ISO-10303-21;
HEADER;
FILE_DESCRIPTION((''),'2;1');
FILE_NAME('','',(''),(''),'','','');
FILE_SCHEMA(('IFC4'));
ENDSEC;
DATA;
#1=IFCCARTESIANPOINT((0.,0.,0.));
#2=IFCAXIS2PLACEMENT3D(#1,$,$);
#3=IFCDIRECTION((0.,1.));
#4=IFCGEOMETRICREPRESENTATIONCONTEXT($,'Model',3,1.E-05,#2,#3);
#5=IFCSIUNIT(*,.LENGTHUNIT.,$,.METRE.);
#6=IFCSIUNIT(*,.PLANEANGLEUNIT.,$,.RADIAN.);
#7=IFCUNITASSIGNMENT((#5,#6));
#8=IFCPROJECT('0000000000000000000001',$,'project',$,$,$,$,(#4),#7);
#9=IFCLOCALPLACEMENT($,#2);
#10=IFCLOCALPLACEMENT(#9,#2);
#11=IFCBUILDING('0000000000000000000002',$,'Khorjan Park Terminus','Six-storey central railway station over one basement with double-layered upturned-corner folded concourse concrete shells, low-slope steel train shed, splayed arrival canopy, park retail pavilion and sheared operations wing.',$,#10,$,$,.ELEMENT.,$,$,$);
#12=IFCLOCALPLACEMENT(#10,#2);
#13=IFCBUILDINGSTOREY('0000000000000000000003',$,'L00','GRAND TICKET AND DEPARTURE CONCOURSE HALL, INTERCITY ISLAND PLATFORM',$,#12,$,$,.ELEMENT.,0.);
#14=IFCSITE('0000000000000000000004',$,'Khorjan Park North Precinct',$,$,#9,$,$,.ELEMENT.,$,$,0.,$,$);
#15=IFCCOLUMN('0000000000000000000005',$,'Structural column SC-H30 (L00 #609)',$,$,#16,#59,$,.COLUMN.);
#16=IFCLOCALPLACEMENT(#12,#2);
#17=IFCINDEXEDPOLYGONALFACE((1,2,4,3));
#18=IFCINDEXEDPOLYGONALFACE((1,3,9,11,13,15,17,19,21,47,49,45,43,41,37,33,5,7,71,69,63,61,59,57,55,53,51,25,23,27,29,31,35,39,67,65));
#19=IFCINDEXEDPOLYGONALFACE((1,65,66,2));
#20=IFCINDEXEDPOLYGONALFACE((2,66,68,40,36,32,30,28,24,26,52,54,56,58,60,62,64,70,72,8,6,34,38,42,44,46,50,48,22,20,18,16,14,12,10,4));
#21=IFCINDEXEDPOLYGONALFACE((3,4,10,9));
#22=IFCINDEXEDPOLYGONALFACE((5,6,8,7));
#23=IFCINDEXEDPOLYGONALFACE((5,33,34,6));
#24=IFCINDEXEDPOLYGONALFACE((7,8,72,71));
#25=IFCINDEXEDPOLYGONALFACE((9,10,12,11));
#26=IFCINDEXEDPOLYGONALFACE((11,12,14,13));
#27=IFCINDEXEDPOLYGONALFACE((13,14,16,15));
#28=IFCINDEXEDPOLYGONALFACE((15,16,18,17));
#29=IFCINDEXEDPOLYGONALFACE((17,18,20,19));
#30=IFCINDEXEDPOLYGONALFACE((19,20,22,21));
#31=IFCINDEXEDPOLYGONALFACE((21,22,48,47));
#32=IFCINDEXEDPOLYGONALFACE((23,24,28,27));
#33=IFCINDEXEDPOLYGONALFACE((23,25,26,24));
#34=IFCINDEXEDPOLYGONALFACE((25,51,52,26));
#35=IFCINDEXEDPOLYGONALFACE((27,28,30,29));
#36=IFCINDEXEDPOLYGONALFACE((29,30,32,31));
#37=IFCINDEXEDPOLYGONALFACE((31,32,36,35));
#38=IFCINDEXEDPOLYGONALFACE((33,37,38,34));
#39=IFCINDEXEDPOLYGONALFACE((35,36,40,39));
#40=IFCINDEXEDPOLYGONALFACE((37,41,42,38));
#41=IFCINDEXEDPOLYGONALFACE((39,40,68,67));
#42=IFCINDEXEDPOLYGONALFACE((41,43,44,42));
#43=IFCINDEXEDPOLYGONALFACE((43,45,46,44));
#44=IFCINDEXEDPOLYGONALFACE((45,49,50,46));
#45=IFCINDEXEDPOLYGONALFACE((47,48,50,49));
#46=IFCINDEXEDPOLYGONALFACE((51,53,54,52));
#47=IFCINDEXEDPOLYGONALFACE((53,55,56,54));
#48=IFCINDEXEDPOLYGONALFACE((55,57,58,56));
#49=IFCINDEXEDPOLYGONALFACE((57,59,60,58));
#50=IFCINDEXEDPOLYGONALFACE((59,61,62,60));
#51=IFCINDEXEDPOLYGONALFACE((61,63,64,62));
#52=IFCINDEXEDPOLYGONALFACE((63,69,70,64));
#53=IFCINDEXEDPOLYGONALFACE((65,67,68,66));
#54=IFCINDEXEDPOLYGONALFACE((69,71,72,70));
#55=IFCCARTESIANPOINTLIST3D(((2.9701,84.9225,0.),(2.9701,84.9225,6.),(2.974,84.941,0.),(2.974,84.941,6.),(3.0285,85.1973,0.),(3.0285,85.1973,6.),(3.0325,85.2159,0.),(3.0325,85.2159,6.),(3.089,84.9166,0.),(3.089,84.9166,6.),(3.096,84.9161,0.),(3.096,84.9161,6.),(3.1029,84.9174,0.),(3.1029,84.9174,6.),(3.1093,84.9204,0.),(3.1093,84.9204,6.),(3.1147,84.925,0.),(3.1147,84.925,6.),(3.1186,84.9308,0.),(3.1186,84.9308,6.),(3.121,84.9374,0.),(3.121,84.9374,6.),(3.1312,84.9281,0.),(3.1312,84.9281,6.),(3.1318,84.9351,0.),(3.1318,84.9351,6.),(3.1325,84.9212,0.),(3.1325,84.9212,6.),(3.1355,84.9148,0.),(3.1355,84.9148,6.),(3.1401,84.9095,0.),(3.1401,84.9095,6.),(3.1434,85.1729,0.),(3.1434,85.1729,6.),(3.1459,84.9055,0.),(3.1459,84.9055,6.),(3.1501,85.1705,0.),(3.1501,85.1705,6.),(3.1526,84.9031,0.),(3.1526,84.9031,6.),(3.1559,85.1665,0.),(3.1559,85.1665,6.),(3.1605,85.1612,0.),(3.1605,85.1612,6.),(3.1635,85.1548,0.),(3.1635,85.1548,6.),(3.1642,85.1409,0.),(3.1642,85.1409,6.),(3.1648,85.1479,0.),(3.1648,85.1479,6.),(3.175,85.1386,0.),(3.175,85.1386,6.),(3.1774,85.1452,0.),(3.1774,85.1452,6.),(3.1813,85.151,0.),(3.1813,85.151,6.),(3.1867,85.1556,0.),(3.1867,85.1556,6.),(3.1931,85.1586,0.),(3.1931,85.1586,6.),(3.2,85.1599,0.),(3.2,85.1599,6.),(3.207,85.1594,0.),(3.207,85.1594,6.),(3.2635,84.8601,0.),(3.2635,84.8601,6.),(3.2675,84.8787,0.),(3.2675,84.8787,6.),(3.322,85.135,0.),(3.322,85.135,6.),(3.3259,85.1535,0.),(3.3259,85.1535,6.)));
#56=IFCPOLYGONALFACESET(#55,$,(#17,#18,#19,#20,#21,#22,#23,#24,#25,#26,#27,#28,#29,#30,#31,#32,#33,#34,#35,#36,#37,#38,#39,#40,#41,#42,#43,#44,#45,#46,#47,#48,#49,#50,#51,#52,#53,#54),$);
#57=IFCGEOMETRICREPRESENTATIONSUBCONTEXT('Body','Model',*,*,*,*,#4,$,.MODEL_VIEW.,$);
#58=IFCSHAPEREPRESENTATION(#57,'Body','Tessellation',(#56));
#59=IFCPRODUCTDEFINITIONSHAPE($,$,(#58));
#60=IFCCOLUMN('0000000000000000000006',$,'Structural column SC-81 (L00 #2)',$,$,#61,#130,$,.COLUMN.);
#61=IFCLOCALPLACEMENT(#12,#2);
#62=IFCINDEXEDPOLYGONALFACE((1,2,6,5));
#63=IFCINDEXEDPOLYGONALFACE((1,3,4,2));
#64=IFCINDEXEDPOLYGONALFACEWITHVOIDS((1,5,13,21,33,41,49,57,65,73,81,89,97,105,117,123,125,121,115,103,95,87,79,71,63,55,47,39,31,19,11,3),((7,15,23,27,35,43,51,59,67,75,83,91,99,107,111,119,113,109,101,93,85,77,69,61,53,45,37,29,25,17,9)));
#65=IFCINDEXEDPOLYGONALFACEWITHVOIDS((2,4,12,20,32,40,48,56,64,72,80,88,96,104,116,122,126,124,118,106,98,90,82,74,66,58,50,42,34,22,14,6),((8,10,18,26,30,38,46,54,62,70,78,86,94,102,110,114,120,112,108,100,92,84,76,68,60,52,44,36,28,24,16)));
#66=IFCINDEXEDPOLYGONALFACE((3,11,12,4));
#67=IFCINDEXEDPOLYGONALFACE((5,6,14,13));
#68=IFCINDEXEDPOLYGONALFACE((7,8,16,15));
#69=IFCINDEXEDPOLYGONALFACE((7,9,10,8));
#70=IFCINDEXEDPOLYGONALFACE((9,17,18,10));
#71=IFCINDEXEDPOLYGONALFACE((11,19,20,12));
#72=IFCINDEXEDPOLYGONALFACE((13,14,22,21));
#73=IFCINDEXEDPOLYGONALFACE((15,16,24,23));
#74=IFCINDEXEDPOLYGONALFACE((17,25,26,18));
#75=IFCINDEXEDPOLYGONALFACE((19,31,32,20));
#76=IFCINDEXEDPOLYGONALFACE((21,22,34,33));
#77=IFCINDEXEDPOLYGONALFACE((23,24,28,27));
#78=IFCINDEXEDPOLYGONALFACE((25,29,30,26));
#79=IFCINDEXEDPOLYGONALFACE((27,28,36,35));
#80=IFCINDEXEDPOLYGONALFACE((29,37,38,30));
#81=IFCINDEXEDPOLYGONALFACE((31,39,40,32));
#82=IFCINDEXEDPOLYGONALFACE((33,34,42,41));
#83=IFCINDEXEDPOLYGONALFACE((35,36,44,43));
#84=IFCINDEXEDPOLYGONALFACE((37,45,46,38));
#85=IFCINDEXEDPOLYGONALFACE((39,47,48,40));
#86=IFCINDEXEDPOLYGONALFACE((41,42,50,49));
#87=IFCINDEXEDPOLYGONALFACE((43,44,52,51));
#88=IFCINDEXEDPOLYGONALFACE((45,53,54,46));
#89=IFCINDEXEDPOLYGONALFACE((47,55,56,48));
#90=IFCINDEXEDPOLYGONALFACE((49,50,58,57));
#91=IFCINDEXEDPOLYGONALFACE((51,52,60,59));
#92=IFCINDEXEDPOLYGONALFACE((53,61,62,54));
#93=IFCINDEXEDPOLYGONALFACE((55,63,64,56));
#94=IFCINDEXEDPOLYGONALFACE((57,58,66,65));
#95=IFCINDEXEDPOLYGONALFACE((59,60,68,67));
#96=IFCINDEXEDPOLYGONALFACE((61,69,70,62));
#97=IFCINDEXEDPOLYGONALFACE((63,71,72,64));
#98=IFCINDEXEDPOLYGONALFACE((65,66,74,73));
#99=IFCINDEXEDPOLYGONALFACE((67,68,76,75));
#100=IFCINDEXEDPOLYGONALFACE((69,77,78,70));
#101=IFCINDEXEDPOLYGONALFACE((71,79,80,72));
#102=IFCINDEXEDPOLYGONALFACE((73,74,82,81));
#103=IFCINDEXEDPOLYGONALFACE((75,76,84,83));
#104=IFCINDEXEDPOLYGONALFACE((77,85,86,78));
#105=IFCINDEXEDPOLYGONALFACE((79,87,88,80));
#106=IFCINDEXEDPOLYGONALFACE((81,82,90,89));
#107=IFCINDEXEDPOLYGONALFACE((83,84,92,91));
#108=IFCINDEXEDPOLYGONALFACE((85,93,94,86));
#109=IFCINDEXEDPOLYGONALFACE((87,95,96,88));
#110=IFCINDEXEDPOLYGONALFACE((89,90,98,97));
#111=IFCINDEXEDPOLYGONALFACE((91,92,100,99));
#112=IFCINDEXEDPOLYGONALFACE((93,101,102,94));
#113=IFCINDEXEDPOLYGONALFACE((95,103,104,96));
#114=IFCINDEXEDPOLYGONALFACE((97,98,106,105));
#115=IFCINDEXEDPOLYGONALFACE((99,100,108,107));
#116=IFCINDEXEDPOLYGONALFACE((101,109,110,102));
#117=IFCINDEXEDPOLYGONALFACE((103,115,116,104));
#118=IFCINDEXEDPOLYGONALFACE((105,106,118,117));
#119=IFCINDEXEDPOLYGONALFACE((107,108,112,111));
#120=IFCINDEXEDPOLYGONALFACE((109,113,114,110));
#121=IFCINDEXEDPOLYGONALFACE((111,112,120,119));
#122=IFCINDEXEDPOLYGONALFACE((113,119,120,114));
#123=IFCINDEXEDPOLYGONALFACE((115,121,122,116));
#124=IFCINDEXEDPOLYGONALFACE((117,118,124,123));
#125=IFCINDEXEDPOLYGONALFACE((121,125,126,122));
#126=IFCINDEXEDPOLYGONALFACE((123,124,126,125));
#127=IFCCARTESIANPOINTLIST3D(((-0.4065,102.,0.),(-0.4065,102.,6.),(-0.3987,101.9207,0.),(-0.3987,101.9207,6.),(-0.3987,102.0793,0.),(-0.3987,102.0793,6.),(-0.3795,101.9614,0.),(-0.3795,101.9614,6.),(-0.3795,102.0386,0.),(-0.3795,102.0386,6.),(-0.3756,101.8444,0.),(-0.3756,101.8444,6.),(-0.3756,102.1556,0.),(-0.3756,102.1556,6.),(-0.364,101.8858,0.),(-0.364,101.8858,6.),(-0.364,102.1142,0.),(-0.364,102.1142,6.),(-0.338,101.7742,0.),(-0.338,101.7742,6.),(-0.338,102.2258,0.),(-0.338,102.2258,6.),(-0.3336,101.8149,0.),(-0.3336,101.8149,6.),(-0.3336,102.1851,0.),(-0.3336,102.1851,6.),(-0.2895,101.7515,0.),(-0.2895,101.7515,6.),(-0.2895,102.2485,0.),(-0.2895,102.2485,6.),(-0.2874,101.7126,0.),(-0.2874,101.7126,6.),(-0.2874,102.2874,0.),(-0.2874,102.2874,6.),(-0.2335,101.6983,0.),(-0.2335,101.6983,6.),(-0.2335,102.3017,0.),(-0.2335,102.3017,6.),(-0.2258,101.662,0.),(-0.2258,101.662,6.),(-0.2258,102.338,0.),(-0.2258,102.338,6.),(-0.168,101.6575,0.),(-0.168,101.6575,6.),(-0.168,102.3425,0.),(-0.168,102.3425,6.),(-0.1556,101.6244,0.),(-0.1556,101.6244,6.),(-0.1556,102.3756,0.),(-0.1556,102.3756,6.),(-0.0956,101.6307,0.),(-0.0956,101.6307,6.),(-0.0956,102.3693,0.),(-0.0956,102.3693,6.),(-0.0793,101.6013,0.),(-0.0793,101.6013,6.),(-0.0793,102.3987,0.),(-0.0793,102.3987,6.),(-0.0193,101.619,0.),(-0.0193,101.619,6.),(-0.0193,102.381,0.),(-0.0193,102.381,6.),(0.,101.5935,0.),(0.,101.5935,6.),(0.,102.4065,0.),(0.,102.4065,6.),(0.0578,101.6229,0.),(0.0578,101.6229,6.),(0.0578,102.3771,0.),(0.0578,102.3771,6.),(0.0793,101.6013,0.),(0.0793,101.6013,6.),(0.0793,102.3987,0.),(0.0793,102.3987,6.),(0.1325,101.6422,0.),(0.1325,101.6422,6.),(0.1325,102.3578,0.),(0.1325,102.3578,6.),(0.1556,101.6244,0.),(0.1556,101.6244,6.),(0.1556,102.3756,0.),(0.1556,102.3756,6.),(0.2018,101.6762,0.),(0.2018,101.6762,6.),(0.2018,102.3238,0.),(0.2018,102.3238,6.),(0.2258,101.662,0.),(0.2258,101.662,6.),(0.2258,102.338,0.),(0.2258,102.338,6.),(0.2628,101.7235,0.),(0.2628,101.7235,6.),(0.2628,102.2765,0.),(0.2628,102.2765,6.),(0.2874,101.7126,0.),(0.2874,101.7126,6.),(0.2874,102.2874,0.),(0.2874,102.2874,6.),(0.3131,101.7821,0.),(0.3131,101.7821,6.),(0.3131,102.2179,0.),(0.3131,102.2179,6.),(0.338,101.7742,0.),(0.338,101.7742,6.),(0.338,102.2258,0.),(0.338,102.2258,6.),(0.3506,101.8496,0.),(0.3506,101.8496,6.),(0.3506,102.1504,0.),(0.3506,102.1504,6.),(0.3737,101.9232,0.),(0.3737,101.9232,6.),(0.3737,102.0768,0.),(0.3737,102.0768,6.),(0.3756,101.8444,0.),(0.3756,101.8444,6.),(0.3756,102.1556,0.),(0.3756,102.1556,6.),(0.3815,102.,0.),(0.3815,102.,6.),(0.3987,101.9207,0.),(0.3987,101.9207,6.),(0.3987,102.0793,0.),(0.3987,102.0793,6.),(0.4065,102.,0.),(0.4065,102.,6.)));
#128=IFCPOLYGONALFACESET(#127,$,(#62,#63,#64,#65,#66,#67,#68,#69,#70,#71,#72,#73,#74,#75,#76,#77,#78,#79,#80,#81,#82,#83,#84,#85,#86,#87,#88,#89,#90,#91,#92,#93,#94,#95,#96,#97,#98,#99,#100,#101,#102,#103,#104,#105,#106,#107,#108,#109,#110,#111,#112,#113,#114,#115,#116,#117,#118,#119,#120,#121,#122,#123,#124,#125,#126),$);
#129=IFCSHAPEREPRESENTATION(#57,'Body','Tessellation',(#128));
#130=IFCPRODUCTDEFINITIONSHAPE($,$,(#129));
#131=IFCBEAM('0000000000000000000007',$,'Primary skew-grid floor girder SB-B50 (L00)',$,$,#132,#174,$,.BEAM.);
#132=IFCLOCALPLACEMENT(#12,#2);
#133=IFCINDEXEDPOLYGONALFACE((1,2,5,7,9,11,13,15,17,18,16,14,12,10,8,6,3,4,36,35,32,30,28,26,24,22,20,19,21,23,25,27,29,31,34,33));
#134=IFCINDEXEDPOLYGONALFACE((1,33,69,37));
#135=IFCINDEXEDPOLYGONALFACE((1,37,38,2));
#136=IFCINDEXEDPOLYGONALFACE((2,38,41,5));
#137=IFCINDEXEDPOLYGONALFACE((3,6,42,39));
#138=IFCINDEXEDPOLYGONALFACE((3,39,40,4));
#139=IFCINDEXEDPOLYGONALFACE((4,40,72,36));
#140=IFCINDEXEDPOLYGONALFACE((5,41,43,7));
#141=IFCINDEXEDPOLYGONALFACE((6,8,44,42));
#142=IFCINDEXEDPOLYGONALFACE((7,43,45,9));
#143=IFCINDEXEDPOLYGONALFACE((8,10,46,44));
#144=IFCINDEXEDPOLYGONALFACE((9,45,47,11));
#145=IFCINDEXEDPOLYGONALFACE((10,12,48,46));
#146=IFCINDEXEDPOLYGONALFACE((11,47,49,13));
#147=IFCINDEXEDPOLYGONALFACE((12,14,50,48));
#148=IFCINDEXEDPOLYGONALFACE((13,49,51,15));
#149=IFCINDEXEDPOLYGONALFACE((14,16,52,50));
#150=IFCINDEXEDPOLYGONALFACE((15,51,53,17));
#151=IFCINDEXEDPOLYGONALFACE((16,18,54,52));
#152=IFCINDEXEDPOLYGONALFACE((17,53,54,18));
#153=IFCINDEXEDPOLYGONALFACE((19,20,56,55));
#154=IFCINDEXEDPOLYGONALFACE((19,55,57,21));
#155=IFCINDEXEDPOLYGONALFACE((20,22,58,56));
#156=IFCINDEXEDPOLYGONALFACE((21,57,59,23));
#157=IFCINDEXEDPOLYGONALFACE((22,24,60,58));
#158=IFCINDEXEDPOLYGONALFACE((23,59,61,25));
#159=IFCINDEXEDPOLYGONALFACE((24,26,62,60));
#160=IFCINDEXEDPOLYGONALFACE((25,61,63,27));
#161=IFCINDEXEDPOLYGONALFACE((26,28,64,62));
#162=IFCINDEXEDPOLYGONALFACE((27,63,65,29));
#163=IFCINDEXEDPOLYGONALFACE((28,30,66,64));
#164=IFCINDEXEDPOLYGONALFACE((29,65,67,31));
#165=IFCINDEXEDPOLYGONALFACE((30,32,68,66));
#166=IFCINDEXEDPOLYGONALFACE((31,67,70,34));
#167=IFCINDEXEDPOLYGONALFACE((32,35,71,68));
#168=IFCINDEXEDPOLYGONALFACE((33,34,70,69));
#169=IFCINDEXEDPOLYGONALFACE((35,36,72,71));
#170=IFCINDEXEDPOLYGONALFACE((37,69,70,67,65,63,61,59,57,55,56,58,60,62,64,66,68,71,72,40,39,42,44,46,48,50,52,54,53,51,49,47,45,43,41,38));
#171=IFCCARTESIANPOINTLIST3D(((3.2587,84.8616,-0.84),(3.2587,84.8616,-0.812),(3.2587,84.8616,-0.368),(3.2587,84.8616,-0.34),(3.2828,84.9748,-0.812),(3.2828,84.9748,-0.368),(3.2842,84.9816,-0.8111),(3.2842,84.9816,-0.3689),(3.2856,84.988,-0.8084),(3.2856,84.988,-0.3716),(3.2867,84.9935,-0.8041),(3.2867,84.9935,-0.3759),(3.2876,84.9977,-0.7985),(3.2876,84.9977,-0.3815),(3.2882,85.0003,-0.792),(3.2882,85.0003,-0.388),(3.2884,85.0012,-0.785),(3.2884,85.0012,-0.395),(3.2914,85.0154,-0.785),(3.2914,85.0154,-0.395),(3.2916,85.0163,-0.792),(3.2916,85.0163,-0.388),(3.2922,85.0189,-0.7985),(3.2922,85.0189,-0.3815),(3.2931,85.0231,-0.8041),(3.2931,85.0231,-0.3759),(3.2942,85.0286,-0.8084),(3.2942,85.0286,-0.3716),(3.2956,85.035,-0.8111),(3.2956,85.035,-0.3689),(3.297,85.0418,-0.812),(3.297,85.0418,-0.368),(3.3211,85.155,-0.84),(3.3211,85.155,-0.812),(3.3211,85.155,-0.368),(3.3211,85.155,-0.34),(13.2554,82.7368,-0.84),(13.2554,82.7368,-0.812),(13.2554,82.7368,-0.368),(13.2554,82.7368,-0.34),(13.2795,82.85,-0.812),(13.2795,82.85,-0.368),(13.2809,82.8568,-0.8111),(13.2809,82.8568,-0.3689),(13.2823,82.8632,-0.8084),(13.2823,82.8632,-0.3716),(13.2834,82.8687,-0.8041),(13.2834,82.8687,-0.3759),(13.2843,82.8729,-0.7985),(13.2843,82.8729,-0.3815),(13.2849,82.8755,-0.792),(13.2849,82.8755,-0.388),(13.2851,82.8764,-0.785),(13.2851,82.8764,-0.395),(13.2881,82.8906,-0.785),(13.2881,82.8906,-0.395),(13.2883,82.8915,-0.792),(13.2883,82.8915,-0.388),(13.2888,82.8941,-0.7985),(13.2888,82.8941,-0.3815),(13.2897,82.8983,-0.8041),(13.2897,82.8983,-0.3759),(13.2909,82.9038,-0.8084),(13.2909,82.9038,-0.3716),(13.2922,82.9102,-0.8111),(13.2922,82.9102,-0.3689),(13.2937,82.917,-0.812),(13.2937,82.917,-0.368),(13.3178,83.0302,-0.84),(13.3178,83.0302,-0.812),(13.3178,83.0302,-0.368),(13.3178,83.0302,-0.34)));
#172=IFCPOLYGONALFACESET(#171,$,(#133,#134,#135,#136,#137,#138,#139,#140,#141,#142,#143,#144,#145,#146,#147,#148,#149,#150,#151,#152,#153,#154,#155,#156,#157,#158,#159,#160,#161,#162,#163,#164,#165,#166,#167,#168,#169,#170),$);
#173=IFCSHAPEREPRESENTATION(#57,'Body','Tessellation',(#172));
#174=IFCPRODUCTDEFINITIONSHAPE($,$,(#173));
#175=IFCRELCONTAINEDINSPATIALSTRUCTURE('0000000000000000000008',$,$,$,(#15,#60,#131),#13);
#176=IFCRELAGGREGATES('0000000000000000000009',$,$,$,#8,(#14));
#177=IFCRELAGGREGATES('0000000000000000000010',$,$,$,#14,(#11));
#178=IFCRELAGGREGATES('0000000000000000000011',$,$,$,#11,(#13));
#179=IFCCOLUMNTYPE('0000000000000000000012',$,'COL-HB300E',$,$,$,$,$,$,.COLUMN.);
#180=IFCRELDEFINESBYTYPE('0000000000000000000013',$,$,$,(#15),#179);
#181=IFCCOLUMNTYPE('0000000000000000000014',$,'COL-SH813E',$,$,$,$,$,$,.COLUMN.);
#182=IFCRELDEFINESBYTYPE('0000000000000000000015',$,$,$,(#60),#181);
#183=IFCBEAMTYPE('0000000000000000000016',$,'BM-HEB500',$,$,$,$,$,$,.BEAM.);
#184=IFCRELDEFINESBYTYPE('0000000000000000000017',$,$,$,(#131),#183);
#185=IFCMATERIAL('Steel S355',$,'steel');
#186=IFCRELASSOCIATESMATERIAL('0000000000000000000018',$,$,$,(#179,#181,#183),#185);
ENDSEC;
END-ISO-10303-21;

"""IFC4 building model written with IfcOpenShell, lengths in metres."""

from ifc_helpers import new_model, si_unit, direction, frame, origin, origin_2d, place, context, subcontext, project, spatial, hollow_circle, i_section, extrude, material, material_profile, profile_set, type_object, element, save


model = new_model("IFC4")

# Units and contexts
model_context = context("Model", 3, precision=1e-05, world=origin(), true_north=direction((0.0, 1.0)))
body_context = subcontext(model_context, "Body", "Model", "MODEL_VIEW")
ifc_project = project(units=[si_unit("LENGTHUNIT", "METRE"), si_unit("PLANEANGLEUNIT", "RADIAN")], contexts=[model_context])

# Site, building, storey
site_placement = place(None, origin())
site = spatial("IfcSite", under=ifc_project, at=site_placement, Name="Khorjan Park North Precinct", CompositionType="ELEMENT", RefElevation=0.0)
building_placement = place(site_placement, origin())
building = spatial("IfcBuilding", under=site, at=building_placement, Name="Khorjan Park Terminus", Description="Six-storey central railway station over one basement with double-layered upturned-corner folded concourse concrete shells, low-slope steel train shed, splayed arrival canopy, park retail pavilion and sheared operations wing.", CompositionType="ELEMENT")
storey_placement = place(building_placement, origin())
storey = spatial("IfcBuildingStorey", under=building, at=storey_placement, Name="L00", Description="GRAND TICKET AND DEPARTURE CONCOURSE HALL, INTERCITY ISLAND PLATFORM", CompositionType="ELEMENT", Elevation=0.0)

# Columns
ifc_material_1 = material(Name="Steel S355", Category="steel")
ifc_material_profile_1 = material_profile(ifc_material_1, i_section(OverallWidth=0.3, OverallDepth=0.3, WebThickness=0.011, FlangeThickness=0.019, FilletRadius=0.027, at=origin_2d()), Name="HEB 300")
ifc_profile_set_1 = profile_set([ifc_material_profile_1], Name="Steel S355")
column_type_1 = type_object("IfcColumnType", Name="COL-HB300E", PredefinedType="COLUMN", material=ifc_profile_set_1)
column_1_placement = place(storey_placement, frame((3.148, 85.038, 0.0), z_axis=(0.0, 0.0, 1.0), x_axis=(0.978148, -0.207912, 0.0)))
element("IfcColumn", 1, at=column_1_placement, inside=storey, type_object=column_type_1, Name="Structural column SC-H30 (L00 #609)", PredefinedType="COLUMN", context=body_context, shape_type="SweptSolid", body=[
    extrude(i_section(OverallWidth=0.3, OverallDepth=0.3, WebThickness=0.011, FlangeThickness=0.019, FilletRadius=0.027, at=origin_2d()), origin(), (0.0, 0.0, 1.0), 6.0),
])
ifc_material_profile_2 = material_profile(ifc_material_1, hollow_circle(Radius=0.4065, WallThickness=0.025, at=origin_2d()), Name="CHS 813x25")
ifc_profile_set_2 = profile_set([ifc_material_profile_2], Name="Steel S355")
column_type_2 = type_object("IfcColumnType", Name="COL-SH813E", PredefinedType="COLUMN", material=ifc_profile_set_2)
column_2_placement = place(storey_placement, frame((0.0, 102.0, 0.0), z_axis=(0.0, 0.0, 1.0), x_axis=(1.0, 0.0, 0.0)))
element("IfcColumn", 2, at=column_2_placement, inside=storey, type_object=column_type_2, Name="Structural column SC-81 (L00 #2)", PredefinedType="COLUMN", context=body_context, shape_type="SweptSolid", body=[
    extrude(hollow_circle(Radius=0.4065, WallThickness=0.025, at=origin_2d()), origin(), (0.0, 0.0, 1.0), 6.0),
])

# Beam
ifc_material_profile_3 = material_profile(ifc_material_1, i_section(OverallWidth=0.3, OverallDepth=0.5, WebThickness=0.0145, FlangeThickness=0.028, FilletRadius=0.027, at=origin_2d()), Name="HEB 500")
ifc_profile_set_3 = profile_set([ifc_material_profile_3], Name="Steel S355")
beam_type_1 = type_object("IfcBeamType", Name="BM-HEB500", PredefinedType="BEAM", material=ifc_profile_set_3)
beam_1_placement = place(storey_placement, frame((3.2899, 85.0083, -0.59), z_axis=(0.978149, -0.207906, 0.0), x_axis=(0.207906, 0.978149, 0.0)))
element("IfcBeam", 3, at=beam_1_placement, inside=storey, type_object=beam_type_1, Name="Primary skew-grid floor girder SB-B50 (L00)", PredefinedType="BEAM", context=body_context, shape_type="SweptSolid", body=[
    extrude(i_section(OverallWidth=0.3, OverallDepth=0.5, WebThickness=0.0145, FlangeThickness=0.028, FilletRadius=0.027, at=origin_2d()), origin(), (0.0, 0.0, 1.0), 10.22),
])

save(model, "model.ifc")
